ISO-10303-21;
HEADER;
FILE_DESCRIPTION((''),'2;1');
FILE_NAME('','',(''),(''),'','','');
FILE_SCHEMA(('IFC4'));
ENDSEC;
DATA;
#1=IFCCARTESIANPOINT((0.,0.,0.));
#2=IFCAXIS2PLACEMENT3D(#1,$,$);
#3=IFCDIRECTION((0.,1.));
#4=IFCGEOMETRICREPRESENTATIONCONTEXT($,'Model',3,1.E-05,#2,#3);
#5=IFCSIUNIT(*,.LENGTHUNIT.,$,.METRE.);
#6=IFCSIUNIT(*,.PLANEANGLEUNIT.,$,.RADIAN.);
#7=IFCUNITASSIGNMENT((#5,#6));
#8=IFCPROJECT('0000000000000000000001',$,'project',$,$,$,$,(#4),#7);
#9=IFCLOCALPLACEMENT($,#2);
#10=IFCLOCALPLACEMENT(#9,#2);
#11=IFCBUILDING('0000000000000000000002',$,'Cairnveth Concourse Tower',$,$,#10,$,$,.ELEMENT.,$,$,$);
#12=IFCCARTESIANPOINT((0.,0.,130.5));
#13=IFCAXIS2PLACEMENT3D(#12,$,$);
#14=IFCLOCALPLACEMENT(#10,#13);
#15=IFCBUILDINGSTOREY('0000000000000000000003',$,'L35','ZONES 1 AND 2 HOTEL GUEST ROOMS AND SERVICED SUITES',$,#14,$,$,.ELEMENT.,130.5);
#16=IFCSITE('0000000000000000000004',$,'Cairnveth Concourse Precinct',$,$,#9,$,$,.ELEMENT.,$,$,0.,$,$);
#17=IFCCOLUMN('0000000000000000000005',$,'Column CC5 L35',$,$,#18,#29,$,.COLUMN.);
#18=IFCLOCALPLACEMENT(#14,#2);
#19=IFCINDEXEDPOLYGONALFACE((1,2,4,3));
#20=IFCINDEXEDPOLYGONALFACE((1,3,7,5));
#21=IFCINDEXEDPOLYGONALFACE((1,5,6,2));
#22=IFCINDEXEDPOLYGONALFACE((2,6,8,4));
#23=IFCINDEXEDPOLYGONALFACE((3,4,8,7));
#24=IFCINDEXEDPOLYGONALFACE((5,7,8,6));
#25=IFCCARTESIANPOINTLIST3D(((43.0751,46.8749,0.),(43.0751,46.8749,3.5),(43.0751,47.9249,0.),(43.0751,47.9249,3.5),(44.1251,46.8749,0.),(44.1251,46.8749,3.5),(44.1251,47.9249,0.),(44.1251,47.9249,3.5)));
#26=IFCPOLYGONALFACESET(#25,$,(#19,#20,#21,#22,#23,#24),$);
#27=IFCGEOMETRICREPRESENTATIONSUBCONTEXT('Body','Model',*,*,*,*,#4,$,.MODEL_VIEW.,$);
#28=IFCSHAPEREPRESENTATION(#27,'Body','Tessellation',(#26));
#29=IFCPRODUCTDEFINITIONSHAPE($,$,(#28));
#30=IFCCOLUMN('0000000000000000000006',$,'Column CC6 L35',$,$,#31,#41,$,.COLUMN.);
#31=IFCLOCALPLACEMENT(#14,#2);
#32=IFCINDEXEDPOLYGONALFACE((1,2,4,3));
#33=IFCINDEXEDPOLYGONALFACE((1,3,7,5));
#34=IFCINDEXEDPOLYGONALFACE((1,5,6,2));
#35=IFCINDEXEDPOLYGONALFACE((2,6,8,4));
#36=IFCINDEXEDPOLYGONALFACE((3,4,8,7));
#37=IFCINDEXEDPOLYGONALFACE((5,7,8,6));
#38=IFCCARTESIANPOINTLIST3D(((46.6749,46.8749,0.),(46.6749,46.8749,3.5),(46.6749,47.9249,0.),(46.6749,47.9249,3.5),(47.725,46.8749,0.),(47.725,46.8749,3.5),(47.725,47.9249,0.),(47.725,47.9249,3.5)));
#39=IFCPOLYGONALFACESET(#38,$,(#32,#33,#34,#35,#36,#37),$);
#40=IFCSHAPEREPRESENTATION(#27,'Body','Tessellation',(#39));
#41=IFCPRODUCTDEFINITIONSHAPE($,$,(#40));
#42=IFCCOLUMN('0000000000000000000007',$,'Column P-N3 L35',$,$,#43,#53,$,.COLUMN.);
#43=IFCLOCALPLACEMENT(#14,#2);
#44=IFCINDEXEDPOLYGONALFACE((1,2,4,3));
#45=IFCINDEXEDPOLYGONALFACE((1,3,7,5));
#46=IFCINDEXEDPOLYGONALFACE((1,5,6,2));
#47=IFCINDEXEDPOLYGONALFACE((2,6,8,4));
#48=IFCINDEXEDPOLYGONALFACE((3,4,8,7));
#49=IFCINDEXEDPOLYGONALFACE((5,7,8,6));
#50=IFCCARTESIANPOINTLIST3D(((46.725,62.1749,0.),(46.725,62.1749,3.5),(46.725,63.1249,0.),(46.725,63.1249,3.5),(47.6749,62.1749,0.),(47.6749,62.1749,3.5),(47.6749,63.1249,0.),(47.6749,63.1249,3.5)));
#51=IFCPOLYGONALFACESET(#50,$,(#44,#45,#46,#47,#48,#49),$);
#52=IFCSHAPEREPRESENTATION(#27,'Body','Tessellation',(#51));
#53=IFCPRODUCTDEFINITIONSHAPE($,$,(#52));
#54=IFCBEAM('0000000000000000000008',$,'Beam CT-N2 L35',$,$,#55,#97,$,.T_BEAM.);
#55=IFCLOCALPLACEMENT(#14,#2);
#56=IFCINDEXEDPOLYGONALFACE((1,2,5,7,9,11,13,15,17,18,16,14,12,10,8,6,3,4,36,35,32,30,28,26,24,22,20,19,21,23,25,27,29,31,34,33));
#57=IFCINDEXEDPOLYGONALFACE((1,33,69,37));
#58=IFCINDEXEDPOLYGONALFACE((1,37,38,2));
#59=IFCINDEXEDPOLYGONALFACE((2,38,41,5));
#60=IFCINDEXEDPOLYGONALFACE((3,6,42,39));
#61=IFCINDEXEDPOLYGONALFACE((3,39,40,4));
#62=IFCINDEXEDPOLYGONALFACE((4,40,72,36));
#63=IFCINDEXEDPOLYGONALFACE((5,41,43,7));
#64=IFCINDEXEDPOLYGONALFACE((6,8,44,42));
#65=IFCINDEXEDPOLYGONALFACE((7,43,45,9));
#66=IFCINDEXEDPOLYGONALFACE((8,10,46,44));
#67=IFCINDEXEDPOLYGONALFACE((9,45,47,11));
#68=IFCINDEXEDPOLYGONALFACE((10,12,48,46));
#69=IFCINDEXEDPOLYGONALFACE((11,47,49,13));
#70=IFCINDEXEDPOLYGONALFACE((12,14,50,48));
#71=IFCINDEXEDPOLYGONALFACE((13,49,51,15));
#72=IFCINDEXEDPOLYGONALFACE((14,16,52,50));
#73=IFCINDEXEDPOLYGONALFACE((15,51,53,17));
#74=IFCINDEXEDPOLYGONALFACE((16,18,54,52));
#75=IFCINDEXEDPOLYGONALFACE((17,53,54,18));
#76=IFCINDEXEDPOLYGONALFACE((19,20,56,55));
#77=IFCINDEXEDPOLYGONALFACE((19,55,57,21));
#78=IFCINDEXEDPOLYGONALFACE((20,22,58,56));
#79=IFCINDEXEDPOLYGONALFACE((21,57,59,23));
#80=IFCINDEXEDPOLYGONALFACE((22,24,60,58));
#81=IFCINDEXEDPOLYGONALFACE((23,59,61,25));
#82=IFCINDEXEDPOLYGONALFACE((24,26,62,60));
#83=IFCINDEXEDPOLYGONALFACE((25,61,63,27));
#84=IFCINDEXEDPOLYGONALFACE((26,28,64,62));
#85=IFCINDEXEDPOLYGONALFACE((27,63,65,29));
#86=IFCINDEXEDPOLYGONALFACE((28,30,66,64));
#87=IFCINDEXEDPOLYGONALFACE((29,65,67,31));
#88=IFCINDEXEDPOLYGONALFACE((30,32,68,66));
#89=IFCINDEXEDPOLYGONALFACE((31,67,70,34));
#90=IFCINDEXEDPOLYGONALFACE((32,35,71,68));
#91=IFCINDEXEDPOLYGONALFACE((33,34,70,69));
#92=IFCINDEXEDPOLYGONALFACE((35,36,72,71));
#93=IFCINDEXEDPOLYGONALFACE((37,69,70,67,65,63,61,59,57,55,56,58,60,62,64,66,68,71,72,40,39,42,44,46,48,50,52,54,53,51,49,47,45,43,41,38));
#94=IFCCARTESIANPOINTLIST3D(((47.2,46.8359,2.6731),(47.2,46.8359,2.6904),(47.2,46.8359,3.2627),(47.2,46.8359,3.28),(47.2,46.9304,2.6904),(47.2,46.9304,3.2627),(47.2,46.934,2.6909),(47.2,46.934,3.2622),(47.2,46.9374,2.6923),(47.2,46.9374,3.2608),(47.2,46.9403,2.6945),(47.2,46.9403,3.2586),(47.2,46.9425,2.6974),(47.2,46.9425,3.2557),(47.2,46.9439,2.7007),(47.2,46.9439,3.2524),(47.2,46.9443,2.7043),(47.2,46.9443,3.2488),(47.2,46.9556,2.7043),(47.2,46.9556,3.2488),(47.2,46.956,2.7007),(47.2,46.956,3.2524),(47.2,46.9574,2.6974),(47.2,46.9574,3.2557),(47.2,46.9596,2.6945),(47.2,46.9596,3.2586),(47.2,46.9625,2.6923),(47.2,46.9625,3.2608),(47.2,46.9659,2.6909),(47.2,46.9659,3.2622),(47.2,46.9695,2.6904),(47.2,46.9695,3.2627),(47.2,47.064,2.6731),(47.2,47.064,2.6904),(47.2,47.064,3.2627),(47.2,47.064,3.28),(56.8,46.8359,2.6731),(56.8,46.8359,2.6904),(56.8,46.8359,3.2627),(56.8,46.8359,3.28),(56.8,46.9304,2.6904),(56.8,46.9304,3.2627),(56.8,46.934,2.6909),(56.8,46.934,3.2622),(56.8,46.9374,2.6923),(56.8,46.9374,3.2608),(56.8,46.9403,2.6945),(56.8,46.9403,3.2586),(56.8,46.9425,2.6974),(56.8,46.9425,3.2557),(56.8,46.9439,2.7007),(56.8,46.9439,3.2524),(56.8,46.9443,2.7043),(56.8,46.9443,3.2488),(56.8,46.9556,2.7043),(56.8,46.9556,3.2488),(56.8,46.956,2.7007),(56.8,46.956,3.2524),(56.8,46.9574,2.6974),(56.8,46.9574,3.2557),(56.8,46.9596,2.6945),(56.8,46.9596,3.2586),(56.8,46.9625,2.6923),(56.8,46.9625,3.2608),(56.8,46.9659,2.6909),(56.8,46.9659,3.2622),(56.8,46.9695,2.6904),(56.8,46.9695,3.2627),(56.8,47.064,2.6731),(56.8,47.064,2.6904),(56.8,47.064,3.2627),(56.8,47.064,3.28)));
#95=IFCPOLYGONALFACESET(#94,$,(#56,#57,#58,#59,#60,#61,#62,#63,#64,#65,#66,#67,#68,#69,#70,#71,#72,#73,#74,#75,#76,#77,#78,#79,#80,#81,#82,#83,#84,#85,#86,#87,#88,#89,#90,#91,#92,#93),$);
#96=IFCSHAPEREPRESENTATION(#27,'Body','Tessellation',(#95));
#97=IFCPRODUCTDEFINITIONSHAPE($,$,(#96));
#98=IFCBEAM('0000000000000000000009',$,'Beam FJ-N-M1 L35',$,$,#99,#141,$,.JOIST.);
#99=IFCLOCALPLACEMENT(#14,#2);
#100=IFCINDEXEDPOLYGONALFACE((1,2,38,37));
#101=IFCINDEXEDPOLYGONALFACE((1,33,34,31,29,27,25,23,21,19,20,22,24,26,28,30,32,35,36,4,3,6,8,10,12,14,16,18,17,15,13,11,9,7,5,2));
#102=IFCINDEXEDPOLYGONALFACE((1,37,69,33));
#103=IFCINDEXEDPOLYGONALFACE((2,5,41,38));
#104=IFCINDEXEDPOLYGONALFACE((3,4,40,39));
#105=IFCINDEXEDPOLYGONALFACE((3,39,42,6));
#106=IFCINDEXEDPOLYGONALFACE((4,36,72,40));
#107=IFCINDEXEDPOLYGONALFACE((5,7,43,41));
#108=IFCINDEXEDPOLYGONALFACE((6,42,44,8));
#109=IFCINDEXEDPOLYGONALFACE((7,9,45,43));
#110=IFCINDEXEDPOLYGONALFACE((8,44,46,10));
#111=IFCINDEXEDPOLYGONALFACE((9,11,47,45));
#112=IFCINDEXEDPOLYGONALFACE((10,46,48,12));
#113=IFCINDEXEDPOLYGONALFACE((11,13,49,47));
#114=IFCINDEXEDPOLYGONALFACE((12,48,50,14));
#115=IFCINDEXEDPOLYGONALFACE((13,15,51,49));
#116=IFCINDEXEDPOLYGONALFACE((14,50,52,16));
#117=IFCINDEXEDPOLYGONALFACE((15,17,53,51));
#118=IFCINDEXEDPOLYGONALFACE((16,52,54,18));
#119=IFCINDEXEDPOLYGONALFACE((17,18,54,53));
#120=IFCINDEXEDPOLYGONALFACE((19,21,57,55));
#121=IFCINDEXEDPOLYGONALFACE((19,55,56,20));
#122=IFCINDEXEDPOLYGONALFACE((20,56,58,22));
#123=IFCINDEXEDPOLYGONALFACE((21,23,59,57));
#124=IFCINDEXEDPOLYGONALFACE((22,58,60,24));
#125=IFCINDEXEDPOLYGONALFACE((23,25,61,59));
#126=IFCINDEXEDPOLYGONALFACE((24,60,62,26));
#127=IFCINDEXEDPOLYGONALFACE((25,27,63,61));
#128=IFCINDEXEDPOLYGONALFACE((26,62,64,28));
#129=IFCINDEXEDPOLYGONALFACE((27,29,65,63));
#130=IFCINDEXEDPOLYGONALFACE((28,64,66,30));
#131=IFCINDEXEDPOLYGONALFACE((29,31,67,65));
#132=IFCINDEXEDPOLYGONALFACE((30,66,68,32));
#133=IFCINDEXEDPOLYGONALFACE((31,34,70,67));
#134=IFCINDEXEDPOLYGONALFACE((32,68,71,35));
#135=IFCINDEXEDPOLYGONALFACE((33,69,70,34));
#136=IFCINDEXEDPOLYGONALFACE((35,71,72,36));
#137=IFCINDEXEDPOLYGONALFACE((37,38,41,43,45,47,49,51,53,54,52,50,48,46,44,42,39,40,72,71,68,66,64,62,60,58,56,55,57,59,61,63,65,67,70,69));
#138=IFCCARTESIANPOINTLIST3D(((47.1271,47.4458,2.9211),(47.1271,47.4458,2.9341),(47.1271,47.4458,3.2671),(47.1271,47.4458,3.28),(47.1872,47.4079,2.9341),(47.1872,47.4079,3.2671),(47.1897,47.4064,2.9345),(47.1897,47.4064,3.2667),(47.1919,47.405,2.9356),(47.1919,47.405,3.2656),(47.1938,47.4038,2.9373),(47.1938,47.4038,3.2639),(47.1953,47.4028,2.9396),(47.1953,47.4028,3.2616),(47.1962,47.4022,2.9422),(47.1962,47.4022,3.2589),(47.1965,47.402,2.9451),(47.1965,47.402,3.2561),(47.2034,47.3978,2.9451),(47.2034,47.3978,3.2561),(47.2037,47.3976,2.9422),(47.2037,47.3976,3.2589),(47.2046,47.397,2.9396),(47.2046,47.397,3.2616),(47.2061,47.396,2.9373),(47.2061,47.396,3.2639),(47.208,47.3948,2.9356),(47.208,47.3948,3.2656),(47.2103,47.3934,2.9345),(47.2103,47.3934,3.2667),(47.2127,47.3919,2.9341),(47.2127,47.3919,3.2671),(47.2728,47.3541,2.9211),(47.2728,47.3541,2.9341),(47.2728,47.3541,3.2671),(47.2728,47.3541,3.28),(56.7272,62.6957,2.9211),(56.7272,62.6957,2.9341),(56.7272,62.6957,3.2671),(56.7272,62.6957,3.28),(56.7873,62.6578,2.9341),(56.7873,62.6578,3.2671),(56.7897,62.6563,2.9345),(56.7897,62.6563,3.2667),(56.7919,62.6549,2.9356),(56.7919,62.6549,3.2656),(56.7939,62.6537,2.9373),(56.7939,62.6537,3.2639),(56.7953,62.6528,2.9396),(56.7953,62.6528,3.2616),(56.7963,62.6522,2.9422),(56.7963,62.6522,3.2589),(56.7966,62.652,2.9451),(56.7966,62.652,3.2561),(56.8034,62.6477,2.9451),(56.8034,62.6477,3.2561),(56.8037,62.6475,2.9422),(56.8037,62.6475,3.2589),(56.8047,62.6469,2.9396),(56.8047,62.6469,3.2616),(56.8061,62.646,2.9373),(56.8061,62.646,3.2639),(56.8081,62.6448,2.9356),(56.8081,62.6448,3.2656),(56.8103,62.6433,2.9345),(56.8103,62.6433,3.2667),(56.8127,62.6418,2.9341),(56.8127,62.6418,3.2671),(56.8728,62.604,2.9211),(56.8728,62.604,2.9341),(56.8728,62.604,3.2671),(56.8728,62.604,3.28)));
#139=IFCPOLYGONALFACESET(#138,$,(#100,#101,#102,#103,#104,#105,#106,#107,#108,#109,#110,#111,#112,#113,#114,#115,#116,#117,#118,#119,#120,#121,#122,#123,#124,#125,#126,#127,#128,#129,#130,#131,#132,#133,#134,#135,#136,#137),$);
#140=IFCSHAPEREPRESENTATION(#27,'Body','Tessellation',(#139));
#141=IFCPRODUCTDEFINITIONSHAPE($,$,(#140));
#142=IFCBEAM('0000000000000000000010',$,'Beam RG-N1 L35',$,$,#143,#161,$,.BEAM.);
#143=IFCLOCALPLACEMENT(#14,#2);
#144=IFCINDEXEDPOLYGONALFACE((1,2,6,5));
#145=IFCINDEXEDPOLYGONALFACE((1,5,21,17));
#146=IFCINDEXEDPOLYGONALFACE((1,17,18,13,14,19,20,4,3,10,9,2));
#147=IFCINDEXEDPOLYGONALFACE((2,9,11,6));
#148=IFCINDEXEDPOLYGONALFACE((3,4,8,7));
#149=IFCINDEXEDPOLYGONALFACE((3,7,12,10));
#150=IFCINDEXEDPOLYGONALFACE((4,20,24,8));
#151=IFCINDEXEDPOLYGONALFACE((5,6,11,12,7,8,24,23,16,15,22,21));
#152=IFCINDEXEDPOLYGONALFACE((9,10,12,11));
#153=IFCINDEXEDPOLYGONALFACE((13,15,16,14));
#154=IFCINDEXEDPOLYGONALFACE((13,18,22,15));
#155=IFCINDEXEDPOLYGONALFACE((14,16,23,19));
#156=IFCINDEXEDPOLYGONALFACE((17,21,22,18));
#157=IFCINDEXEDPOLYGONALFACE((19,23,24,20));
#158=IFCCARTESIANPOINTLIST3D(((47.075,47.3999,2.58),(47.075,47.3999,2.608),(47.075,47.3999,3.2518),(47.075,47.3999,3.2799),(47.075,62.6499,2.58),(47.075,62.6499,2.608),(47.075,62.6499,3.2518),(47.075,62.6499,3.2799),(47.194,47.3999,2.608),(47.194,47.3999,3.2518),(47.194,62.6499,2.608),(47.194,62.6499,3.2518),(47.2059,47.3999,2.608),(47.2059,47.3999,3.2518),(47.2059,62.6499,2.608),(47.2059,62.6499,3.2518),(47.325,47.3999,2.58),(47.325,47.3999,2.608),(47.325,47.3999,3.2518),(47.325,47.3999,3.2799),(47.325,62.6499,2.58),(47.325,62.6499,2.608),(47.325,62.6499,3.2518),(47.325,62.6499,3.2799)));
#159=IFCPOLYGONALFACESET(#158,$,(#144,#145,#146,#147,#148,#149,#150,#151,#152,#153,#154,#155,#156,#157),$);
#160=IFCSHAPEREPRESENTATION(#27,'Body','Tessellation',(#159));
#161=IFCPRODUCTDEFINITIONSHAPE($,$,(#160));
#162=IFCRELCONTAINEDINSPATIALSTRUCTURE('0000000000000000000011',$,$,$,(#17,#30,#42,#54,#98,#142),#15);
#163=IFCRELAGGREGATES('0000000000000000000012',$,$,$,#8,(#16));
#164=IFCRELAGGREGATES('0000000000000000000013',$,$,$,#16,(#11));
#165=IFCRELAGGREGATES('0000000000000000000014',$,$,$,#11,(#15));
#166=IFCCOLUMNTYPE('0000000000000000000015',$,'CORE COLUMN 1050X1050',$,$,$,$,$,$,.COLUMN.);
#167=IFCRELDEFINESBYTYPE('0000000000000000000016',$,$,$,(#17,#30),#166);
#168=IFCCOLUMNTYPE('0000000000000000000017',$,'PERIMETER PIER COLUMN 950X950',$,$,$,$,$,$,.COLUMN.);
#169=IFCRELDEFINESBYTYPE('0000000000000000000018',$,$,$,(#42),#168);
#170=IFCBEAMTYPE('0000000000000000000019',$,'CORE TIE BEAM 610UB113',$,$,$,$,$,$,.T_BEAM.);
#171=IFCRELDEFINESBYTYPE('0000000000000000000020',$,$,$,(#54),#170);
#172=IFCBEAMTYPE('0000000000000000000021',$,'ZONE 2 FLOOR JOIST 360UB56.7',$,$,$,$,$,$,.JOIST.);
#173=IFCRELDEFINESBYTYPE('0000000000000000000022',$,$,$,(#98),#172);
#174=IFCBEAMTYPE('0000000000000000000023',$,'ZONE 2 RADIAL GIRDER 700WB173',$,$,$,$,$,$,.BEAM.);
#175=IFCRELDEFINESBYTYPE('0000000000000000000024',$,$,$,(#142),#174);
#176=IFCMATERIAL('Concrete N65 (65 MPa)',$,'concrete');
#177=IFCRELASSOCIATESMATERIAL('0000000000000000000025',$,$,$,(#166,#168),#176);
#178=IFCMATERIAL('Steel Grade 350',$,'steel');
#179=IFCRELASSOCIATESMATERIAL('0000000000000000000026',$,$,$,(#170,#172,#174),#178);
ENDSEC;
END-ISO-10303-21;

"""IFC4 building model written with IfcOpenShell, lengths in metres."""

from ifc_helpers import new_model, si_unit, direction, frame, origin, origin_2d, place, context, subcontext, project, spatial, rectangle, i_section, extrude, material, material_profile, profile_set, type_object, element, save


model = new_model("IFC4")

# Units and contexts
model_context = context("Model", 3, precision=1e-05, world=origin(), true_north=direction((0.0, 1.0)))
body_context = subcontext(model_context, "Body", "Model", "MODEL_VIEW")
ifc_project = project(units=[si_unit("LENGTHUNIT", "METRE"), si_unit("PLANEANGLEUNIT", "RADIAN")], contexts=[model_context])

# Site, building, storey
site_placement = place(None, origin())
site = spatial("IfcSite", under=ifc_project, at=site_placement, Name="Cairnveth Concourse Precinct", CompositionType="ELEMENT", RefElevation=0.0)
building_placement = place(site_placement, origin())
building = spatial("IfcBuilding", under=site, at=building_placement, Name="Cairnveth Concourse Tower", CompositionType="ELEMENT")
storey_placement = place(building_placement, frame((0.0, 0.0, 130.5)))
storey = spatial("IfcBuildingStorey", under=building, at=storey_placement, Name="L35", Description="ZONES 1 AND 2 HOTEL GUEST ROOMS AND SERVICED SUITES", CompositionType="ELEMENT", Elevation=130.5)

# Columns
ifc_material_1 = material(Name="Concrete N65 (65 MPa)", Category="concrete")
ifc_material_profile_1 = material_profile(ifc_material_1, rectangle(XDim=1.05, YDim=1.05, at=origin_2d()), Name="RC-COL-1050x1050")
ifc_profile_set_1 = profile_set([ifc_material_profile_1], Name="Concrete N65 (65 MPa)")
column_type_1 = type_object("IfcColumnType", Name="CORE COLUMN 1050X1050", PredefinedType="COLUMN", material=ifc_profile_set_1)
for number, where, z_axis, x_axis, name in (
    (1, (43.6001, 47.3999, 0.0), (0.0, 0.0, 1.0), (1.0, 0.0, 0.0), "Column CC5 L35"),
    (2, (47.2, 47.3999, 0.0), (0.0, 0.0, 1.0), (1.0, 0.0, 0.0), "Column CC6 L35"),
):
    element("IfcColumn", number, at=place(storey_placement, frame(where, z_axis=z_axis, x_axis=x_axis)), inside=storey, type_object=column_type_1, Name=name, PredefinedType="COLUMN", context=body_context, shape_type="SweptSolid", body=[
        extrude(rectangle(XDim=1.05, YDim=1.05, at=origin_2d()), origin(), (0.0, 0.0, 1.0), 3.5),
    ])
ifc_material_profile_2 = material_profile(ifc_material_1, rectangle(XDim=0.95, YDim=0.95, at=origin_2d()), Name="RC-COL-950x950")
ifc_profile_set_2 = profile_set([ifc_material_profile_2], Name="Concrete N65 (65 MPa)")
column_type_2 = type_object("IfcColumnType", Name="PERIMETER PIER COLUMN 950X950", PredefinedType="COLUMN", material=ifc_profile_set_2)
column_placement = place(storey_placement, frame((47.2, 62.6499, 0.0), z_axis=(0.0, 0.0, 1.0), x_axis=(1.0, 0.0, 0.0)))
element("IfcColumn", 3, at=column_placement, inside=storey, type_object=column_type_2, Name="Column P-N3 L35", PredefinedType="COLUMN", context=body_context, shape_type="SweptSolid", body=[
    extrude(rectangle(XDim=0.95, YDim=0.95, at=origin_2d()), origin(), (0.0, 0.0, 1.0), 3.5),
])

# Beams
ifc_material_2 = material(Name="Steel Grade 350", Category="steel")
ifc_material_profile_3 = material_profile(ifc_material_2, i_section(OverallWidth=0.228, OverallDepth=0.6069, WebThickness=0.0112, FlangeThickness=0.0173, FilletRadius=0.0139, at=origin_2d()), Name="610UB113")
ifc_profile_set_3 = profile_set([ifc_material_profile_3], Name="Steel Grade 350")
beam_type_1 = type_object("IfcBeamType", Name="CORE TIE BEAM 610UB113", PredefinedType="T_BEAM", material=ifc_profile_set_3)
beam_1_placement = place(storey_placement, frame((47.2, 46.95, 2.9766), z_axis=(1.0, 0.0, 0.0), x_axis=(0.0, 1.0, 0.0)))
element("IfcBeam", 4, at=beam_1_placement, inside=storey, type_object=beam_type_1, Name="Beam CT-N2 L35", PredefinedType="T_BEAM", context=body_context, shape_type="SweptSolid", body=[
    extrude(i_section(OverallWidth=0.228, OverallDepth=0.6069, WebThickness=0.0112, FlangeThickness=0.0173, FilletRadius=0.0139, at=origin_2d()), origin(), (0.0, 0.0, 1.0), 9.6001),
])
ifc_material_profile_4 = material_profile(ifc_material_2, i_section(OverallWidth=0.1721, OverallDepth=0.3589, WebThickness=0.0081, FlangeThickness=0.0129, FilletRadius=0.011, at=origin_2d()), Name="360UB56.7")
ifc_profile_set_4 = profile_set([ifc_material_profile_4], Name="Steel Grade 350")
beam_type_2 = type_object("IfcBeamType", Name="ZONE 2 FLOOR JOIST 360UB56.7", PredefinedType="JOIST", material=ifc_profile_set_4)
beam_2_placement = place(storey_placement, frame((47.2, 47.3999, 3.1006), z_axis=(0.532744, 0.846277, 0.0), x_axis=(-0.846277, 0.532744, 0.0)))
element("IfcBeam", 5, at=beam_2_placement, inside=storey, type_object=beam_type_2, Name="Beam FJ-N-M1 L35", PredefinedType="JOIST", context=body_context, shape_type="SweptSolid", body=[
    extrude(i_section(OverallWidth=0.1721, OverallDepth=0.3589, WebThickness=0.0081, FlangeThickness=0.0129, FilletRadius=0.011, at=origin_2d()), origin(), (0.0, 0.0, 1.0), 18.02),
])
ifc_material_profile_5 = material_profile(ifc_material_2, i_section(OverallWidth=0.25, OverallDepth=0.7, WebThickness=0.012, FlangeThickness=0.0281, at=origin_2d()), Name="700WB173")
ifc_profile_set_5 = profile_set([ifc_material_profile_5], Name="Steel Grade 350")
beam_type_3 = type_object("IfcBeamType", Name="ZONE 2 RADIAL GIRDER 700WB173", PredefinedType="BEAM", material=ifc_profile_set_5)
beam_3_placement = place(storey_placement, frame((47.2, 47.3999, 2.9299), z_axis=(0.0, 1.0, 0.0), x_axis=(-1.0, 0.0, 0.0)))
element("IfcBeam", 6, at=beam_3_placement, inside=storey, type_object=beam_type_3, Name="Beam RG-N1 L35", PredefinedType="BEAM", context=body_context, shape_type="SweptSolid", body=[
    extrude(i_section(OverallWidth=0.25, OverallDepth=0.7, WebThickness=0.012, FlangeThickness=0.0281, at=origin_2d()), origin(), (0.0, 0.0, 1.0), 15.25),
])

save(model, "model.ifc")
